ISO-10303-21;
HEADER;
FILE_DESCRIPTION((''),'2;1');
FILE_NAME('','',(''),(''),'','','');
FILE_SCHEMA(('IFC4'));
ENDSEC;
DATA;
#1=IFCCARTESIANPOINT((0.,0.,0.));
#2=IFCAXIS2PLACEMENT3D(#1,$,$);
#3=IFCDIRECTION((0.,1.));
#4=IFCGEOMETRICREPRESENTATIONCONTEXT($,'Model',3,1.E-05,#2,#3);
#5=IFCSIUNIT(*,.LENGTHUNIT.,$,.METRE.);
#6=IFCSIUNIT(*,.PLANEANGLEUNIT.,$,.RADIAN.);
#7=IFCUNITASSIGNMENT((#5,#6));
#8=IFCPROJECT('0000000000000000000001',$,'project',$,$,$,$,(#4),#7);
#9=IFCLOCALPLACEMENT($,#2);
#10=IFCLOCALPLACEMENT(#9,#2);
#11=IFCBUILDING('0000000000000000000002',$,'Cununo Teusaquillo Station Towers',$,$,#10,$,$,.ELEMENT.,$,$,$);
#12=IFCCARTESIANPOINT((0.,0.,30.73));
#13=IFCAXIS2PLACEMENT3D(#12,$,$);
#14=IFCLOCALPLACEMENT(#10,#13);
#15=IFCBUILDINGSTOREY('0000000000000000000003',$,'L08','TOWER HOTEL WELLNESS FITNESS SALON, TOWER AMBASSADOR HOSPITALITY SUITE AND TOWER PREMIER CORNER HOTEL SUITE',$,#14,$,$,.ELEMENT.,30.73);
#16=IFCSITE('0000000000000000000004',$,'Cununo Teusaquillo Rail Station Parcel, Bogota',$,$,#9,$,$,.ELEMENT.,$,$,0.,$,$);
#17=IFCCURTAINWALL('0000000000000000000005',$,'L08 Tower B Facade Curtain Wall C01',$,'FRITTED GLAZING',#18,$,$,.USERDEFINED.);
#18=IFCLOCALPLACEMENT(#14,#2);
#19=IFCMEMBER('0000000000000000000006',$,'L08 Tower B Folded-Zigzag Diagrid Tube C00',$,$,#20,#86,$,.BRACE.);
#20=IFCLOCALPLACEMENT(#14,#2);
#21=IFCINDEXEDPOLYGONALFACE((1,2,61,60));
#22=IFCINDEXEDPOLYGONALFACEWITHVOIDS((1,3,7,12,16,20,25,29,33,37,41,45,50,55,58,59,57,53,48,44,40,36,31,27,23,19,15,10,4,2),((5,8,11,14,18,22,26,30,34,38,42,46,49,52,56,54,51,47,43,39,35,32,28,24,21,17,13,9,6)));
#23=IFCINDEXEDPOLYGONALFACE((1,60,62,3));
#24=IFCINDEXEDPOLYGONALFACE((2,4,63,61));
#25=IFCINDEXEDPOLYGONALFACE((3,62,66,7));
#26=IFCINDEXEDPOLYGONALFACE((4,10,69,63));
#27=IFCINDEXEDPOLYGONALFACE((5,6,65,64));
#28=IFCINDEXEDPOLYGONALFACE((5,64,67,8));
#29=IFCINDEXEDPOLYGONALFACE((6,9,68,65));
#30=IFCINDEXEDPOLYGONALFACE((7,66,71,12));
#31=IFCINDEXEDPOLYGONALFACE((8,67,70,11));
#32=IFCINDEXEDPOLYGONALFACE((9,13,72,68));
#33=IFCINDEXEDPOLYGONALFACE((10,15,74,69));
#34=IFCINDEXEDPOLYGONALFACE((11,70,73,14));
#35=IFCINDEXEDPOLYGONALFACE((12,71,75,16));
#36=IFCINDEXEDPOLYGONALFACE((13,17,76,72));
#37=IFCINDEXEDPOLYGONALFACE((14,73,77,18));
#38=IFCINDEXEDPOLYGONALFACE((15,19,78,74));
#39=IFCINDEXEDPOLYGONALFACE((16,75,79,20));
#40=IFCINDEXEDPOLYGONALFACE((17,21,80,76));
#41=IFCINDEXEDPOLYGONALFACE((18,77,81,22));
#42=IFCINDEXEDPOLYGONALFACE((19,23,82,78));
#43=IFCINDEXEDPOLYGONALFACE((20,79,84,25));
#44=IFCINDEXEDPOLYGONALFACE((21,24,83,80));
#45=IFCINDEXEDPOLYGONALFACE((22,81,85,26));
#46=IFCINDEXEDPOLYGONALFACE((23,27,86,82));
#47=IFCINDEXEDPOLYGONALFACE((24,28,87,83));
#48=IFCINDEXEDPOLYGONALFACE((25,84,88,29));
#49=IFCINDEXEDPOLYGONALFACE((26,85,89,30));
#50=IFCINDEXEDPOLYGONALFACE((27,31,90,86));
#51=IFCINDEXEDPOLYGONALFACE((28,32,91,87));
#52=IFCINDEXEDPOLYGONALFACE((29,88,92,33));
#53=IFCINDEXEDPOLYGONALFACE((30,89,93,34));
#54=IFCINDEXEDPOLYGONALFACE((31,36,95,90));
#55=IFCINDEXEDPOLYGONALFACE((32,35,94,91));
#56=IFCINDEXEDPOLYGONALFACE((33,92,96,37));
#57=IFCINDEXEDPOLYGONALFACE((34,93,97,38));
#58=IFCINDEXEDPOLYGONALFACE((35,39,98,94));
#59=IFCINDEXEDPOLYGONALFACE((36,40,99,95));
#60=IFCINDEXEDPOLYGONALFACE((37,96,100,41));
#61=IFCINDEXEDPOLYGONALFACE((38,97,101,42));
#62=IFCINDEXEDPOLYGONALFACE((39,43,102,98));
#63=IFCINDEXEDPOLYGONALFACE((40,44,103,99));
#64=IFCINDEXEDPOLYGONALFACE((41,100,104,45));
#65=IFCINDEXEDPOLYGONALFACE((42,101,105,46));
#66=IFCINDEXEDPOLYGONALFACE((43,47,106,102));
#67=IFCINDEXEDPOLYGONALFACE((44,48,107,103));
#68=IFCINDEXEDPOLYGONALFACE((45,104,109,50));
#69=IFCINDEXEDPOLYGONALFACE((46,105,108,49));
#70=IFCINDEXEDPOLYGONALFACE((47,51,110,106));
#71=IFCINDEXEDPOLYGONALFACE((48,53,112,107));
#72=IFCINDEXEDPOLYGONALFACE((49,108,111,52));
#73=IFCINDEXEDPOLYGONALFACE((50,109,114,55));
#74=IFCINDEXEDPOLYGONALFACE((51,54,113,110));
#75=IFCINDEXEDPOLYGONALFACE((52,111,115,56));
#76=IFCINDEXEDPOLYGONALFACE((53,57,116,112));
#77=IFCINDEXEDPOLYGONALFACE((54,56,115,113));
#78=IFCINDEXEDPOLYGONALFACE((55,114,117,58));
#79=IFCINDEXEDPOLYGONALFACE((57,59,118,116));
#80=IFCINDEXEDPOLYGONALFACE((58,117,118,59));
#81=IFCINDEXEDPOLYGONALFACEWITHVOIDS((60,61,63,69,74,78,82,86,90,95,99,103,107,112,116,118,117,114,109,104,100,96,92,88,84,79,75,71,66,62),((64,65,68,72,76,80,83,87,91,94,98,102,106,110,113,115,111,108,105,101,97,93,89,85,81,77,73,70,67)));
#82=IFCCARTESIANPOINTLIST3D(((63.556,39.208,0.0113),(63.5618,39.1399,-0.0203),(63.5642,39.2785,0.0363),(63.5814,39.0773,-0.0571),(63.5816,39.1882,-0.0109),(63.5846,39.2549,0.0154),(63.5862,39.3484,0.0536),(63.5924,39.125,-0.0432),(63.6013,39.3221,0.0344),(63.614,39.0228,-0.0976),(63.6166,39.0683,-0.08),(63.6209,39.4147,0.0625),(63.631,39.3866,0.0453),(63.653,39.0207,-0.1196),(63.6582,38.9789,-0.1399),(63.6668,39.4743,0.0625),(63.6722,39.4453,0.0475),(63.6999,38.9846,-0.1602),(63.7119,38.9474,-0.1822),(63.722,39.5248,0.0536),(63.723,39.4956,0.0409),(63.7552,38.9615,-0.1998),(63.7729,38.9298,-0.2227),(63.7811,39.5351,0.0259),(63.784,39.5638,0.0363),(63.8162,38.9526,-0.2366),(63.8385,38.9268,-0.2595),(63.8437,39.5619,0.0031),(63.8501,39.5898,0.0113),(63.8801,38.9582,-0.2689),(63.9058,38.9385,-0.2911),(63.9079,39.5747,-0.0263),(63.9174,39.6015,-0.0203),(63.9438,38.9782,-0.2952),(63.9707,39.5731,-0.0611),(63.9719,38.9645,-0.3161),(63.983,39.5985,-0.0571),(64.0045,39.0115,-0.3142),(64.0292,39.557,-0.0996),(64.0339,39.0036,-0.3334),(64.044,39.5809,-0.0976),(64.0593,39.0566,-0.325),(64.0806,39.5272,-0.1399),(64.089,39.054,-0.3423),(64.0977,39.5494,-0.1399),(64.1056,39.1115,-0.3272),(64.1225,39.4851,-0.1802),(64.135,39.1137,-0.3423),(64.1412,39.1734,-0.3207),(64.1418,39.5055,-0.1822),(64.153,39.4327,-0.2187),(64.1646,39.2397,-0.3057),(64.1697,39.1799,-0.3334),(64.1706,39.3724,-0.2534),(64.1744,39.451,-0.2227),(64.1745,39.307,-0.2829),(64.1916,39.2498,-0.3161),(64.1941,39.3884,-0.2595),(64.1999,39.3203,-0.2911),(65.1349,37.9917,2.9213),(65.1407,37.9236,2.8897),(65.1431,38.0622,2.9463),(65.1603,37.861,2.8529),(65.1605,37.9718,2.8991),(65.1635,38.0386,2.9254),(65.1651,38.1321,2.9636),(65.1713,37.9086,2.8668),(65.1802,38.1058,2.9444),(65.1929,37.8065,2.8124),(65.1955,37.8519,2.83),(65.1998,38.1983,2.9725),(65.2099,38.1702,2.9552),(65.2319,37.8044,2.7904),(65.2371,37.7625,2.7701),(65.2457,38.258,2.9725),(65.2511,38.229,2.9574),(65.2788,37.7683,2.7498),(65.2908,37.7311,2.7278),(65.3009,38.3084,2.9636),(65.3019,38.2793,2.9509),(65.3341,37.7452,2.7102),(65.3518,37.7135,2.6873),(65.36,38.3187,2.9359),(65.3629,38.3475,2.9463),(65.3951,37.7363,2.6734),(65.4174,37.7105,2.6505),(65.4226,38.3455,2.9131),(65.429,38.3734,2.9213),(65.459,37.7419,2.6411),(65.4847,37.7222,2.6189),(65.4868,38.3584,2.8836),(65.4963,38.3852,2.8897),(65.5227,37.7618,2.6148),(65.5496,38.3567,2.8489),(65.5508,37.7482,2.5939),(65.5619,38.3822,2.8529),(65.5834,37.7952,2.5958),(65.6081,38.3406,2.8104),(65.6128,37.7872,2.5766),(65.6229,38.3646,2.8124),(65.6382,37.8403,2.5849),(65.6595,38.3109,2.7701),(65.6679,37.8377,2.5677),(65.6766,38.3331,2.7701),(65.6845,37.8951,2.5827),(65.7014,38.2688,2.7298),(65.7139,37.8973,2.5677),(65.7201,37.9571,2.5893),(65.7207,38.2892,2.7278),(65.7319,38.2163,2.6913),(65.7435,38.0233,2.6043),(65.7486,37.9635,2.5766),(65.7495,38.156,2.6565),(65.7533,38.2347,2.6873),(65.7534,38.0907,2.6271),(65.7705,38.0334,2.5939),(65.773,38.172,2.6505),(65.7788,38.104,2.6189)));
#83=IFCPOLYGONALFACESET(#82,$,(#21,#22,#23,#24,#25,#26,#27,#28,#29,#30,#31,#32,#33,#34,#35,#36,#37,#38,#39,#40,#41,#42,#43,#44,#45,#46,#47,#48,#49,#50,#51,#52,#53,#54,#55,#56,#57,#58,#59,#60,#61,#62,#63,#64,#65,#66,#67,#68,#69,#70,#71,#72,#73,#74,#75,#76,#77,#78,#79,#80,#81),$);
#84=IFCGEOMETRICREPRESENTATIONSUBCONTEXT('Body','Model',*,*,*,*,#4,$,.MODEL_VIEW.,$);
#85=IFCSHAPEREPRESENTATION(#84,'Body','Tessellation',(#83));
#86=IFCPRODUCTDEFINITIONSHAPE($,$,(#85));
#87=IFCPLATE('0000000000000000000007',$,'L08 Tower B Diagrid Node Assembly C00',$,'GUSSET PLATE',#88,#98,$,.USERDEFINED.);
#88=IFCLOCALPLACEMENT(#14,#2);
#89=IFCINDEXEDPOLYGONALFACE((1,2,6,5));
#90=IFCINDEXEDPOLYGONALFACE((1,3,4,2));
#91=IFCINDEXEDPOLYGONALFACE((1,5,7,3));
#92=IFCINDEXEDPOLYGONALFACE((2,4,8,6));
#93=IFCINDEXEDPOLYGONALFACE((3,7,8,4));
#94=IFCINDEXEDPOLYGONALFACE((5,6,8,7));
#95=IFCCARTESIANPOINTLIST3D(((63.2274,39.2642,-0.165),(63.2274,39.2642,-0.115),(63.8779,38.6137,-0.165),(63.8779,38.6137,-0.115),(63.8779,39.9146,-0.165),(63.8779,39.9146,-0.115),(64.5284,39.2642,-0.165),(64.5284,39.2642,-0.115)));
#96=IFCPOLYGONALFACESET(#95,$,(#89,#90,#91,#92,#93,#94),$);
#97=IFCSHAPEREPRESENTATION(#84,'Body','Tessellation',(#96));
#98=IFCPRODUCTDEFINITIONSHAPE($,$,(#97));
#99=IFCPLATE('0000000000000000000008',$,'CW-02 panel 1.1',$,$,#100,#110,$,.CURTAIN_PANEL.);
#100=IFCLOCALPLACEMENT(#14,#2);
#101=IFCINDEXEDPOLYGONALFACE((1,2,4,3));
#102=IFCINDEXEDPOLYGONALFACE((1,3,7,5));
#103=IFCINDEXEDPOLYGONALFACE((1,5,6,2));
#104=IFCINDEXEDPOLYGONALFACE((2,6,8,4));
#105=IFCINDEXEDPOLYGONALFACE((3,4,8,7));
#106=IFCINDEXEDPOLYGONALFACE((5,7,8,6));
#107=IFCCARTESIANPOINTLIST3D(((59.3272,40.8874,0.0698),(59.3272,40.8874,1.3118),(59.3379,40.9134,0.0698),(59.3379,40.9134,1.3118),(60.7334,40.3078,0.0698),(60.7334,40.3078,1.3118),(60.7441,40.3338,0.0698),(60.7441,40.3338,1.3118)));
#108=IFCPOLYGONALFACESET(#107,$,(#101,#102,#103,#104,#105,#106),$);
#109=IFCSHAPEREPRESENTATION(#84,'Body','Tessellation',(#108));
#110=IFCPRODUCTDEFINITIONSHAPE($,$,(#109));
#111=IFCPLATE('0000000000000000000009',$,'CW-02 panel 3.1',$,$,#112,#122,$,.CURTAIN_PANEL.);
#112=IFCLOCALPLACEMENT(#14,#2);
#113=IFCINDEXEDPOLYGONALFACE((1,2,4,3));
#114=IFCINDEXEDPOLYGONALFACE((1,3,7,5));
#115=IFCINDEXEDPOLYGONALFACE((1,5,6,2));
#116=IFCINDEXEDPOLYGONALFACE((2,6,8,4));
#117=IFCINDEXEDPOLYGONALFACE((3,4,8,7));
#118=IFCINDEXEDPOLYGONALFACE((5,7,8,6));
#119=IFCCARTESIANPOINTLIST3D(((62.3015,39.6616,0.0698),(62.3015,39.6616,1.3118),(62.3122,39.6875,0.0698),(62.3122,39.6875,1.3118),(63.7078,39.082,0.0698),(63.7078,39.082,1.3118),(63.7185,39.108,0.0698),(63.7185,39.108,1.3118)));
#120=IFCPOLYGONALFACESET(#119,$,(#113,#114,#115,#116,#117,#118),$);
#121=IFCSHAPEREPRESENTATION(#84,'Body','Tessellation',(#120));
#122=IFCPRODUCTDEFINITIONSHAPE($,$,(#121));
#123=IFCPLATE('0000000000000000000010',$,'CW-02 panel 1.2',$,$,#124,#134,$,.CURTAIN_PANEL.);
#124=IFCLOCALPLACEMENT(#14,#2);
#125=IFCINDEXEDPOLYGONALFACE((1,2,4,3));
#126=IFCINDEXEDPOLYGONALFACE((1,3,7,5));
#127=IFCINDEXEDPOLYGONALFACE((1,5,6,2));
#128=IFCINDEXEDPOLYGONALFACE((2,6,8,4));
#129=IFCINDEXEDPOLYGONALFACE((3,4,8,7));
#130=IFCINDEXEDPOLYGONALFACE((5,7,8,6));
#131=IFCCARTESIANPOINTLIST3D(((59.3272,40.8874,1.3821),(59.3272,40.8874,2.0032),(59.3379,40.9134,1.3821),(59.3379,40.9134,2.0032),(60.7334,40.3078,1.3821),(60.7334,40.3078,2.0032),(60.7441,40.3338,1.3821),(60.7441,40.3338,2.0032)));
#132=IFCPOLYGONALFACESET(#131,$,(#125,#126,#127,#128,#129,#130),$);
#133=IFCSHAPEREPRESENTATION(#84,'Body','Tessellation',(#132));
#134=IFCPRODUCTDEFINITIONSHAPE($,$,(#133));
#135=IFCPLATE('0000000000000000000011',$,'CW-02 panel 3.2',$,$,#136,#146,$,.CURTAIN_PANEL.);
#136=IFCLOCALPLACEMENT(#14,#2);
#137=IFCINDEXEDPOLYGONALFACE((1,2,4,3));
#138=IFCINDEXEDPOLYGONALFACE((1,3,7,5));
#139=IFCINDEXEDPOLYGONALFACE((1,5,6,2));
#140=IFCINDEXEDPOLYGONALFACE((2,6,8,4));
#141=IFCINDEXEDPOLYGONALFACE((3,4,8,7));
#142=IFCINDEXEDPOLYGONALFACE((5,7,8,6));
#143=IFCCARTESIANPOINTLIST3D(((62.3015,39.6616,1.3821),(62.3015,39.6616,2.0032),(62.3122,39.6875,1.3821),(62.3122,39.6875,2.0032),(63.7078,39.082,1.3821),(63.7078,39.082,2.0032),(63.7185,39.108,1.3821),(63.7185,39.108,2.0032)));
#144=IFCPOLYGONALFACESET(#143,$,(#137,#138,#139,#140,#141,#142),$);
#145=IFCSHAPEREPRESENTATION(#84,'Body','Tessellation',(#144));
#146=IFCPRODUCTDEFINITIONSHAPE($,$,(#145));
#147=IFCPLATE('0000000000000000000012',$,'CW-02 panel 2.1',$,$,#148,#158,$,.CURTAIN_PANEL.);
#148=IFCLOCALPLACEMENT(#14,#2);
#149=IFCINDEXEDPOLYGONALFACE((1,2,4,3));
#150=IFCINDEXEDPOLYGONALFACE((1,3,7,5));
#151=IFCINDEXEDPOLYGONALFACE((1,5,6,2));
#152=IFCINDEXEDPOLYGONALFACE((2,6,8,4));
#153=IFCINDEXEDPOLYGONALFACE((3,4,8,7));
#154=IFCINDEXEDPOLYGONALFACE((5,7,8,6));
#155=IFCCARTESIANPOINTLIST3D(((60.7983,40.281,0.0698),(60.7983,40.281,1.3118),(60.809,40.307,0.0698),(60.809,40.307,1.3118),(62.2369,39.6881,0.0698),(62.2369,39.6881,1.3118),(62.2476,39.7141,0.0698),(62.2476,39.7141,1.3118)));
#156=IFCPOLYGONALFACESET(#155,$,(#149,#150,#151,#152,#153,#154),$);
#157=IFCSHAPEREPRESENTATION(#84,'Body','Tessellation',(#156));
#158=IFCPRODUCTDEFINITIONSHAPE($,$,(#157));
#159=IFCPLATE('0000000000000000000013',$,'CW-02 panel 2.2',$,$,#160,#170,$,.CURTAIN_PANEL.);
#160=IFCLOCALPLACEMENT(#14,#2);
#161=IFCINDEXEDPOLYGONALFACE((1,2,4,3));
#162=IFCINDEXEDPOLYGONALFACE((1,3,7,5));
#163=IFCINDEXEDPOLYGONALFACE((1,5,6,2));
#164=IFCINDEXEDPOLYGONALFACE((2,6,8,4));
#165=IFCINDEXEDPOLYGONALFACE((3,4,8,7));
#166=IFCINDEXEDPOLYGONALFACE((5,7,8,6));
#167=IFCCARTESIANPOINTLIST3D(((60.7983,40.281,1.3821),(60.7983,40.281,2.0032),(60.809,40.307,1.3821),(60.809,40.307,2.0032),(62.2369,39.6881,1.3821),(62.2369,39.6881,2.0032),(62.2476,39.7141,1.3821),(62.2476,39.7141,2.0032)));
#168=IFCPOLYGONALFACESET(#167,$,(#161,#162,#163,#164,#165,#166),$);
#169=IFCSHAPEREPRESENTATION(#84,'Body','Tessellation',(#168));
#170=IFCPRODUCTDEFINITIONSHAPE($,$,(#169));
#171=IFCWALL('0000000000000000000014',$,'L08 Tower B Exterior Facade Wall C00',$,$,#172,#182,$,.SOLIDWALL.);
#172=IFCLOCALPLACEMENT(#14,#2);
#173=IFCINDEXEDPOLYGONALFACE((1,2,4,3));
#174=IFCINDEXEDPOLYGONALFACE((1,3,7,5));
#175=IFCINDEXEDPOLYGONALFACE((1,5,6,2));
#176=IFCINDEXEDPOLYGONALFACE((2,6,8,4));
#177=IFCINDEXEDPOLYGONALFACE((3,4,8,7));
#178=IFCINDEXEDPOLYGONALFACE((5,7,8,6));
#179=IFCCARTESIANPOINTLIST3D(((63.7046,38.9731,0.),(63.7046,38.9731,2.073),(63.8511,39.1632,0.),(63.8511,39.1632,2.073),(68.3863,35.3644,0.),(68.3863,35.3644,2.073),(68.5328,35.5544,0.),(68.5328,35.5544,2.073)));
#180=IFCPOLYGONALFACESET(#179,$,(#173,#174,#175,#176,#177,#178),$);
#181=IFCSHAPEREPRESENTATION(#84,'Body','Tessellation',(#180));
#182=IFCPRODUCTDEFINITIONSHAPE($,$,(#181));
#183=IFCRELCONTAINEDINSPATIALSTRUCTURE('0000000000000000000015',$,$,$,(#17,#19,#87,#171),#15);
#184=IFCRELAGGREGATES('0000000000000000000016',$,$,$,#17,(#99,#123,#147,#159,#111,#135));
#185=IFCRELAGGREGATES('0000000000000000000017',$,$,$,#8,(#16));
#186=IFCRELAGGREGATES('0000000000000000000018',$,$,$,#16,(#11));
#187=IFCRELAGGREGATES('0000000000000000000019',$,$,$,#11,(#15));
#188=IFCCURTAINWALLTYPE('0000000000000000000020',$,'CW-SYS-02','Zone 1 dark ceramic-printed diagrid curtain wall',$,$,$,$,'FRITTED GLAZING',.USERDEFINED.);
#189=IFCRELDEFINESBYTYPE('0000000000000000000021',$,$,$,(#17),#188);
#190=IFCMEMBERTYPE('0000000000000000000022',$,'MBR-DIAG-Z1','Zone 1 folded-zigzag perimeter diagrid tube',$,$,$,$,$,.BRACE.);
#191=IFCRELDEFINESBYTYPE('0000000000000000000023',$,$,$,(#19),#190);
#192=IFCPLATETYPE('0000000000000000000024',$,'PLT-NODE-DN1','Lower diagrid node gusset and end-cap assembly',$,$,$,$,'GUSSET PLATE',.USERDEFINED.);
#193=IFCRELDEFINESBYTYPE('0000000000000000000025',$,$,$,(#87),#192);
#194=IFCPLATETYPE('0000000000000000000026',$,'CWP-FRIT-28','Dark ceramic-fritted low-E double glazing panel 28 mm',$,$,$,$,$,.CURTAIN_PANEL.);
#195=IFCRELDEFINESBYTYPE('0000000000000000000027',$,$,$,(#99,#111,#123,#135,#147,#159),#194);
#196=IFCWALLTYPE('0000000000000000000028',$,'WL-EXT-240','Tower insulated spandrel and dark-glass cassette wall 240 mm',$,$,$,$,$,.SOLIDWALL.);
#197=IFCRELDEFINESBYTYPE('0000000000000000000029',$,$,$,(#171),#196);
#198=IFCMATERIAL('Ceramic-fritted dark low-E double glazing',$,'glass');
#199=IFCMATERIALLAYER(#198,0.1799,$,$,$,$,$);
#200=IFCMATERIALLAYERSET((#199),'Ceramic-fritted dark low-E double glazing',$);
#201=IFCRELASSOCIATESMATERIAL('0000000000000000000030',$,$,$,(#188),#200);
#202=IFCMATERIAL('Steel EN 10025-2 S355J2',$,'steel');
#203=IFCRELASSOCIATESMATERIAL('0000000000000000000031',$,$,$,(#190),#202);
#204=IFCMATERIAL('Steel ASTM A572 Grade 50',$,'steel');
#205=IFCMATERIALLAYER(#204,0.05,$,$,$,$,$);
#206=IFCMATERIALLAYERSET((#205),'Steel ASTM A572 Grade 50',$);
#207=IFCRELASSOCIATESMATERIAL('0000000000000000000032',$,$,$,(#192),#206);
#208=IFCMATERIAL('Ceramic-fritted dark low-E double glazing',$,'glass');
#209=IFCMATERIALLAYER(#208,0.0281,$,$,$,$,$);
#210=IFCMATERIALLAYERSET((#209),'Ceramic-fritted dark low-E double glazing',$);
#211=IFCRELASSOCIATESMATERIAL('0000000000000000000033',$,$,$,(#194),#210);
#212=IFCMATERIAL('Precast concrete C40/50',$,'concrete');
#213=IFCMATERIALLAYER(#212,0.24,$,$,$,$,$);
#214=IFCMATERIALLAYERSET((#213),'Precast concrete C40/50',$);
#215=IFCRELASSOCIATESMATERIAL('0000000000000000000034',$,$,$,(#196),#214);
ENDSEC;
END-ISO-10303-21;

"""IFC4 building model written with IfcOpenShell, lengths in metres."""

from ifc_helpers import new_model, si_unit, direction, frame, frame_2d, origin, origin_2d, place, context, subcontext, project, spatial, rectangle, hollow_circle, extrude, source, transform, mapped, material, layer, layer_set, material_profile, profile_set, type_object, element, aggregate, save


model = new_model("IFC4")

# Units and contexts
model_context = context("Model", 3, precision=1e-05, world=origin(), true_north=direction((0.0, 1.0)))
body_context = subcontext(model_context, "Body", "Model", "MODEL_VIEW")
ifc_project = project(units=[si_unit("LENGTHUNIT", "METRE"), si_unit("PLANEANGLEUNIT", "RADIAN")], contexts=[model_context])

# Site, building, storey
site_placement = place(None, origin())
site = spatial("IfcSite", under=ifc_project, at=site_placement, Name="Cununo Teusaquillo Rail Station Parcel, Bogota", CompositionType="ELEMENT", RefElevation=0.0)
building_placement = place(site_placement, origin())
building = spatial("IfcBuilding", under=site, at=building_placement, Name="Cununo Teusaquillo Station Towers", CompositionType="ELEMENT")
storey_placement = place(building_placement, frame((0.0, 0.0, 30.73)))
storey = spatial("IfcBuildingStorey", under=building, at=storey_placement, Name="L08", Description="TOWER HOTEL WELLNESS FITNESS SALON, TOWER AMBASSADOR HOSPITALITY SUITE AND TOWER PREMIER CORNER HOTEL SUITE", CompositionType="ELEMENT", Elevation=30.73)

# Curtain wall
ifc_material_1 = material(Name="Ceramic-fritted dark low-E double glazing", Category="glass")
ifc_layer_1 = layer(ifc_material_1, 0.1799)
ifc_layer_set_1 = layer_set([ifc_layer_1], Name="Ceramic-fritted dark low-E double glazing")
curtain_wall_type = type_object("IfcCurtainWallType", Name="CW-SYS-02", Description="Zone 1 dark ceramic-printed diagrid curtain wall", ElementType="FRITTED GLAZING", PredefinedType="USERDEFINED", material=ifc_layer_set_1)
curtain_wall_placement = place(storey_placement, origin())
curtain_wall = element("IfcCurtainWall", 1, at=curtain_wall_placement, inside=storey, type_object=curtain_wall_type, Name="L08 Tower B Facade Curtain Wall C01", ObjectType="FRITTED GLAZING", PredefinedType="USERDEFINED")

# Member
ifc_material_2 = material(Name="Steel EN 10025-2 S355J2", Category="steel")
ifc_material_profile_1 = material_profile(ifc_material_2, hollow_circle(Radius=0.3601, WallThickness=0.0281, at=origin_2d()), Name="CHS 720x28")
ifc_profile_set_1 = profile_set([ifc_material_profile_1], Name="Steel EN 10025-2 S355J2")
member_type_1 = type_object("IfcMemberType", Name="MBR-DIAG-Z1", Description="Zone 1 folded-zigzag perimeter diagrid tube", PredefinedType="BRACE", material=ifc_profile_set_1)
member_1_placement = place(storey_placement, frame((63.8779, 39.2642, -0.1399), z_axis=(0.447648, -0.344856, 0.825037), x_axis=(0.610279, 0.792187, 0.0)))
element("IfcMember", 2, at=member_1_placement, inside=storey, type_object=member_type_1, Name="L08 Tower B Folded-Zigzag Diagrid Tube C00", PredefinedType="BRACE", context=body_context, shape_type="SweptSolid", body=[
    extrude(hollow_circle(Radius=0.3601, WallThickness=0.0281, at=origin_2d()), origin(), (0.0, 0.0, 1.0), 3.5271),
])

# Plates
ifc_material_3 = material(Name="Steel ASTM A572 Grade 50", Category="steel")
ifc_layer_2 = layer(ifc_material_3, 0.05)
ifc_layer_set_2 = layer_set([ifc_layer_2], Name="Steel ASTM A572 Grade 50")
plate_type_1 = type_object("IfcPlateType", Name="PLT-NODE-DN1", Description="Lower diagrid node gusset and end-cap assembly", ElementType="GUSSET PLATE", PredefinedType="USERDEFINED", material=ifc_layer_set_2)
shared_shape_1 = source(origin(), body_context, "Body", "SweptSolid", [
    extrude(rectangle(XDim=0.9199, YDim=0.9199, at=origin_2d()), origin(), (0.0, 0.0, 1.0), 0.05),
])
plate_1_placement = place(storey_placement, frame((63.8779, 39.2642, -0.165), z_axis=(0.0, 0.0, 1.0), x_axis=(0.707107, 0.707107, 0.0)))
element("IfcPlate", 3, at=plate_1_placement, inside=storey, type_object=plate_type_1, Name="L08 Tower B Diagrid Node Assembly C00", ObjectType="GUSSET PLATE", PredefinedType="USERDEFINED", context=body_context, shape_type="MappedRepresentation", body=[
    mapped(shared_shape_1, transform((0.0, 0.0, 0.0), x_axis=(1.0, 0.0, 0.0), y_axis=(0.0, 1.0, 0.0), z_axis=(0.0, 0.0, 1.0), scale=1.0)),
])
ifc_material_4 = material(Name="Ceramic-fritted dark low-E double glazing", Category="glass")
ifc_layer_3 = layer(ifc_material_4, 0.0281)
ifc_layer_set_3 = layer_set([ifc_layer_3], Name="Ceramic-fritted dark low-E double glazing")
plate_type_2 = type_object("IfcPlateType", Name="CWP-FRIT-28", Description="Dark ceramic-fritted low-E double glazing panel 28 mm", PredefinedType="CURTAIN_PANEL", material=ifc_layer_set_3)
shared_shape_2 = source(origin(), body_context, "Body", "SweptSolid", [
    extrude(rectangle(XDim=1.521, YDim=0.0281, at=origin_2d()), origin(), (0.0, 0.0, 1.0), 1.2419),
])
plate_2_placement = place(storey_placement, frame((60.0356, 40.6106, 0.0698), z_axis=(0.0, 0.0, 1.0), x_axis=(0.924552, -0.381055, 0.0)))
plate_2 = element("IfcPlate", 4, at=plate_2_placement, type_object=plate_type_2, Name="CW-02 panel 1.1", PredefinedType="CURTAIN_PANEL", context=body_context, shape_type="MappedRepresentation", body=[
    mapped(shared_shape_2, transform((0.0, 0.0, 0.0), x_axis=(1.0, 0.0, 0.0), y_axis=(0.0, 1.0, 0.0), z_axis=(0.0, 0.0, 1.0), scale=1.0)),
])
plate_3_placement = place(storey_placement, frame((63.01, 39.3848, 0.0698), z_axis=(0.0, 0.0, 1.0), x_axis=(0.924552, -0.381055, 0.0)))
plate_3 = element("IfcPlate", 5, at=plate_3_placement, type_object=plate_type_2, Name="CW-02 panel 3.1", PredefinedType="CURTAIN_PANEL", context=body_context, shape_type="MappedRepresentation", body=[
    mapped(shared_shape_2, transform((0.0, 0.0, 0.0), x_axis=(1.0, 0.0, 0.0), y_axis=(0.0, 1.0, 0.0), z_axis=(0.0, 0.0, 1.0), scale=1.0)),
])
shared_shape_3 = source(origin(), body_context, "Body", "SweptSolid", [
    extrude(rectangle(XDim=1.521, YDim=0.0281, at=origin_2d()), origin(), (0.0, 0.0, 1.0), 0.6211),
])
plate_4_placement = place(storey_placement, frame((60.0356, 40.6106, 1.3821), z_axis=(0.0, 0.0, 1.0), x_axis=(0.924552, -0.381055, 0.0)))
plate_4 = element("IfcPlate", 6, at=plate_4_placement, type_object=plate_type_2, Name="CW-02 panel 1.2", PredefinedType="CURTAIN_PANEL", context=body_context, shape_type="MappedRepresentation", body=[
    mapped(shared_shape_3, transform((0.0, 0.0, 0.0), x_axis=(1.0, 0.0, 0.0), y_axis=(0.0, 1.0, 0.0), z_axis=(0.0, 0.0, 1.0), scale=1.0)),
])
plate_5_placement = place(storey_placement, frame((63.01, 39.3848, 1.3821), z_axis=(0.0, 0.0, 1.0), x_axis=(0.924552, -0.381055, 0.0)))
plate_5 = element("IfcPlate", 7, at=plate_5_placement, type_object=plate_type_2, Name="CW-02 panel 3.2", PredefinedType="CURTAIN_PANEL", context=body_context, shape_type="MappedRepresentation", body=[
    mapped(shared_shape_3, transform((0.0, 0.0, 0.0), x_axis=(1.0, 0.0, 0.0), y_axis=(0.0, 1.0, 0.0), z_axis=(0.0, 0.0, 1.0), scale=1.0)),
])
shared_shape_4 = source(origin(), body_context, "Body", "SweptSolid", [
    extrude(rectangle(XDim=1.5559, YDim=0.0281, at=origin_2d()), origin(), (0.0, 0.0, 1.0), 1.2419),
])
plate_6_placement = place(storey_placement, frame((61.5229, 39.9976, 0.0698), z_axis=(0.0, 0.0, 1.0), x_axis=(0.924552, -0.381055, 0.0)))
plate_6 = element("IfcPlate", 8, at=plate_6_placement, type_object=plate_type_2, Name="CW-02 panel 2.1", PredefinedType="CURTAIN_PANEL", context=body_context, shape_type="MappedRepresentation", body=[
    mapped(shared_shape_4, transform((0.0, 0.0, 0.0), x_axis=(1.0, 0.0, 0.0), y_axis=(0.0, 1.0, 0.0), z_axis=(0.0, 0.0, 1.0), scale=1.0)),
])
shared_shape_5 = source(origin(), body_context, "Body", "SweptSolid", [
    extrude(rectangle(XDim=1.5559, YDim=0.0281, at=origin_2d()), origin(), (0.0, 0.0, 1.0), 0.6211),
])
plate_7_placement = place(storey_placement, frame((61.5229, 39.9976, 1.3821), z_axis=(0.0, 0.0, 1.0), x_axis=(0.924552, -0.381055, 0.0)))
plate_7 = element("IfcPlate", 9, at=plate_7_placement, type_object=plate_type_2, Name="CW-02 panel 2.2", PredefinedType="CURTAIN_PANEL", context=body_context, shape_type="MappedRepresentation", body=[
    mapped(shared_shape_5, transform((0.0, 0.0, 0.0), x_axis=(1.0, 0.0, 0.0), y_axis=(0.0, 1.0, 0.0), z_axis=(0.0, 0.0, 1.0), scale=1.0)),
])
aggregate(curtain_wall, [plate_2, plate_4, plate_6, plate_7, plate_3, plate_5])

# Wall
ifc_material_5 = material(Name="Precast concrete C40/50", Category="concrete")
ifc_layer_4 = layer(ifc_material_5, 0.24)
ifc_layer_set_4 = layer_set([ifc_layer_4], Name="Precast concrete C40/50")
wall_type_1 = type_object("IfcWallType", Name="WL-EXT-240", Description="Tower insulated spandrel and dark-glass cassette wall 240 mm", PredefinedType="SOLIDWALL", material=ifc_layer_set_4)
wall_1_placement = place(storey_placement, frame((63.7778, 39.0681, 0.0), z_axis=(0.0, 0.0, 1.0), x_axis=(0.79202, -0.610495, 0.0)))
element("IfcWall", 10, at=wall_1_placement, inside=storey, type_object=wall_type_1, Name="L08 Tower B Exterior Facade Wall C00", PredefinedType="SOLIDWALL", context=body_context, shape_type="SweptSolid", body=[
    extrude(rectangle(XDim=5.9111, YDim=0.24, at=frame_2d((2.9556, 0.0))), origin(), (0.0, 0.0, 1.0), 2.073),
])

save(model, "model.ifc")
